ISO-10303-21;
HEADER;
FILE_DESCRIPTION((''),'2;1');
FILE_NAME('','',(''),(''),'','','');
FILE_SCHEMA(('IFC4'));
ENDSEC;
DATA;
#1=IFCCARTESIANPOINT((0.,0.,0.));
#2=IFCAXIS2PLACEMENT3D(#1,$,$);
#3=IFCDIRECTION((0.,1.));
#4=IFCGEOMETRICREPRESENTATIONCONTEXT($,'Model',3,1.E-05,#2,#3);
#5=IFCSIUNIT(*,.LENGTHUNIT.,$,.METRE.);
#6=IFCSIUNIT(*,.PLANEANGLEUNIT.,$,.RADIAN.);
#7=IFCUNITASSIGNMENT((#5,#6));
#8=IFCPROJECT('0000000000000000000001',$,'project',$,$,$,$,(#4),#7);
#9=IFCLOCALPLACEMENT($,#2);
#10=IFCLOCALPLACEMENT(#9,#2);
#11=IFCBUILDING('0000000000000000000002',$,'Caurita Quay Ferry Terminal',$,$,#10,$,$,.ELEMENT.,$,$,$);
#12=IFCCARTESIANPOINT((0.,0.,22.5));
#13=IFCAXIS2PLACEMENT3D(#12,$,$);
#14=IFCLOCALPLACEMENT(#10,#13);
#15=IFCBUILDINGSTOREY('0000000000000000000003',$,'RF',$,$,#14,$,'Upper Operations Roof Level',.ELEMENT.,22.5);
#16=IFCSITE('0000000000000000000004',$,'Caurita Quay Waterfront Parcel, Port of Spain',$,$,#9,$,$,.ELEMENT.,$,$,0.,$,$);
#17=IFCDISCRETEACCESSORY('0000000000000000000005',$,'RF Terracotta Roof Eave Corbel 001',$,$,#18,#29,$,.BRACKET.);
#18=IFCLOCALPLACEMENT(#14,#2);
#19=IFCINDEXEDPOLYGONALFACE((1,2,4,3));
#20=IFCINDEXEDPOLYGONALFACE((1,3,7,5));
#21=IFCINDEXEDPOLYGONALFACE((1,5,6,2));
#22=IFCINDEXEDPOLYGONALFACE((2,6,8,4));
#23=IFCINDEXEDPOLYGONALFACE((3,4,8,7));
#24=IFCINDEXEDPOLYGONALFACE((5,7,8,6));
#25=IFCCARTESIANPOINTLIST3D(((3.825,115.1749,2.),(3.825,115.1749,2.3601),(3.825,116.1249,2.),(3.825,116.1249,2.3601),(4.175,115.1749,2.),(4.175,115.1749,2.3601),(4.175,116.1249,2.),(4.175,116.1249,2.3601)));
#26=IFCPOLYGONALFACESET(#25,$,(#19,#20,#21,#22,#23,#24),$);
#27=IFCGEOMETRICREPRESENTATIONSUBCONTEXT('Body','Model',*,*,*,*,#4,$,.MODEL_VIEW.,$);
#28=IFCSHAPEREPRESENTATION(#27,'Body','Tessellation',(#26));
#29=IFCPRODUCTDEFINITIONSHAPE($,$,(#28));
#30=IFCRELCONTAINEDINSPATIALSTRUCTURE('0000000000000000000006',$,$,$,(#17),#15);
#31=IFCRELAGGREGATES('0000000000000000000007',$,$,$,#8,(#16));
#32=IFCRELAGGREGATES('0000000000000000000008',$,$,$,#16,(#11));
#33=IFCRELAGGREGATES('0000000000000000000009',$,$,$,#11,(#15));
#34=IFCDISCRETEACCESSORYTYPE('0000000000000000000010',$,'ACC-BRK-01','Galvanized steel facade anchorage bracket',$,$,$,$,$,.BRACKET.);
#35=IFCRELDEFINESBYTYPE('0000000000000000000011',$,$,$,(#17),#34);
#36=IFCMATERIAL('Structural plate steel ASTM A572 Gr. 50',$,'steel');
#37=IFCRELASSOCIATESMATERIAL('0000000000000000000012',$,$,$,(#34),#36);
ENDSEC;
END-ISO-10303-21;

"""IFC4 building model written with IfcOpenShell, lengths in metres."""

from ifc_helpers import new_model, si_unit, direction, frame, origin, origin_2d, place, context, subcontext, project, spatial, rectangle, extrude, material, type_object, element, save


model = new_model("IFC4")

# Units and contexts
model_context = context("Model", 3, precision=1e-05, world=origin(), true_north=direction((0.0, 1.0)))
body_context = subcontext(model_context, "Body", "Model", "MODEL_VIEW")
ifc_project = project(units=[si_unit("LENGTHUNIT", "METRE"), si_unit("PLANEANGLEUNIT", "RADIAN")], contexts=[model_context])

# Site, building, storey
site_placement = place(None, origin())
site = spatial("IfcSite", under=ifc_project, at=site_placement, Name="Caurita Quay Waterfront Parcel, Port of Spain", CompositionType="ELEMENT", RefElevation=0.0)
building_placement = place(site_placement, origin())
building = spatial("IfcBuilding", under=site, at=building_placement, Name="Caurita Quay Ferry Terminal", CompositionType="ELEMENT")
storey_placement = place(building_placement, frame((0.0, 0.0, 22.5)))
storey = spatial("IfcBuildingStorey", under=building, at=storey_placement, Name="RF", LongName="Upper Operations Roof Level", CompositionType="ELEMENT", Elevation=22.5)

# Shared definitions
ifc_material_1 = material(Name="Structural plate steel ASTM A572 Gr. 50", Category="steel")

# Discrete accessory
discrete_accessory_type = type_object("IfcDiscreteAccessoryType", Name="ACC-BRK-01", Description="Galvanized steel facade anchorage bracket", PredefinedType="BRACKET", material=ifc_material_1)
discrete_accessory_placement = place(storey_placement, frame((4.0, 115.6499, 2.0), z_axis=(0.0, 0.0, 1.0), x_axis=(1.0, 0.0, 0.0)))
element("IfcDiscreteAccessory", 1, at=discrete_accessory_placement, inside=storey, type_object=discrete_accessory_type, Name="RF Terracotta Roof Eave Corbel 001", PredefinedType="BRACKET", context=body_context, shape_type="SweptSolid", body=[
    extrude(rectangle(XDim=0.3501, YDim=0.95, at=origin_2d()), origin(), (0.0, 0.0, 1.0), 0.3601),
])

save(model, "model.ifc")
